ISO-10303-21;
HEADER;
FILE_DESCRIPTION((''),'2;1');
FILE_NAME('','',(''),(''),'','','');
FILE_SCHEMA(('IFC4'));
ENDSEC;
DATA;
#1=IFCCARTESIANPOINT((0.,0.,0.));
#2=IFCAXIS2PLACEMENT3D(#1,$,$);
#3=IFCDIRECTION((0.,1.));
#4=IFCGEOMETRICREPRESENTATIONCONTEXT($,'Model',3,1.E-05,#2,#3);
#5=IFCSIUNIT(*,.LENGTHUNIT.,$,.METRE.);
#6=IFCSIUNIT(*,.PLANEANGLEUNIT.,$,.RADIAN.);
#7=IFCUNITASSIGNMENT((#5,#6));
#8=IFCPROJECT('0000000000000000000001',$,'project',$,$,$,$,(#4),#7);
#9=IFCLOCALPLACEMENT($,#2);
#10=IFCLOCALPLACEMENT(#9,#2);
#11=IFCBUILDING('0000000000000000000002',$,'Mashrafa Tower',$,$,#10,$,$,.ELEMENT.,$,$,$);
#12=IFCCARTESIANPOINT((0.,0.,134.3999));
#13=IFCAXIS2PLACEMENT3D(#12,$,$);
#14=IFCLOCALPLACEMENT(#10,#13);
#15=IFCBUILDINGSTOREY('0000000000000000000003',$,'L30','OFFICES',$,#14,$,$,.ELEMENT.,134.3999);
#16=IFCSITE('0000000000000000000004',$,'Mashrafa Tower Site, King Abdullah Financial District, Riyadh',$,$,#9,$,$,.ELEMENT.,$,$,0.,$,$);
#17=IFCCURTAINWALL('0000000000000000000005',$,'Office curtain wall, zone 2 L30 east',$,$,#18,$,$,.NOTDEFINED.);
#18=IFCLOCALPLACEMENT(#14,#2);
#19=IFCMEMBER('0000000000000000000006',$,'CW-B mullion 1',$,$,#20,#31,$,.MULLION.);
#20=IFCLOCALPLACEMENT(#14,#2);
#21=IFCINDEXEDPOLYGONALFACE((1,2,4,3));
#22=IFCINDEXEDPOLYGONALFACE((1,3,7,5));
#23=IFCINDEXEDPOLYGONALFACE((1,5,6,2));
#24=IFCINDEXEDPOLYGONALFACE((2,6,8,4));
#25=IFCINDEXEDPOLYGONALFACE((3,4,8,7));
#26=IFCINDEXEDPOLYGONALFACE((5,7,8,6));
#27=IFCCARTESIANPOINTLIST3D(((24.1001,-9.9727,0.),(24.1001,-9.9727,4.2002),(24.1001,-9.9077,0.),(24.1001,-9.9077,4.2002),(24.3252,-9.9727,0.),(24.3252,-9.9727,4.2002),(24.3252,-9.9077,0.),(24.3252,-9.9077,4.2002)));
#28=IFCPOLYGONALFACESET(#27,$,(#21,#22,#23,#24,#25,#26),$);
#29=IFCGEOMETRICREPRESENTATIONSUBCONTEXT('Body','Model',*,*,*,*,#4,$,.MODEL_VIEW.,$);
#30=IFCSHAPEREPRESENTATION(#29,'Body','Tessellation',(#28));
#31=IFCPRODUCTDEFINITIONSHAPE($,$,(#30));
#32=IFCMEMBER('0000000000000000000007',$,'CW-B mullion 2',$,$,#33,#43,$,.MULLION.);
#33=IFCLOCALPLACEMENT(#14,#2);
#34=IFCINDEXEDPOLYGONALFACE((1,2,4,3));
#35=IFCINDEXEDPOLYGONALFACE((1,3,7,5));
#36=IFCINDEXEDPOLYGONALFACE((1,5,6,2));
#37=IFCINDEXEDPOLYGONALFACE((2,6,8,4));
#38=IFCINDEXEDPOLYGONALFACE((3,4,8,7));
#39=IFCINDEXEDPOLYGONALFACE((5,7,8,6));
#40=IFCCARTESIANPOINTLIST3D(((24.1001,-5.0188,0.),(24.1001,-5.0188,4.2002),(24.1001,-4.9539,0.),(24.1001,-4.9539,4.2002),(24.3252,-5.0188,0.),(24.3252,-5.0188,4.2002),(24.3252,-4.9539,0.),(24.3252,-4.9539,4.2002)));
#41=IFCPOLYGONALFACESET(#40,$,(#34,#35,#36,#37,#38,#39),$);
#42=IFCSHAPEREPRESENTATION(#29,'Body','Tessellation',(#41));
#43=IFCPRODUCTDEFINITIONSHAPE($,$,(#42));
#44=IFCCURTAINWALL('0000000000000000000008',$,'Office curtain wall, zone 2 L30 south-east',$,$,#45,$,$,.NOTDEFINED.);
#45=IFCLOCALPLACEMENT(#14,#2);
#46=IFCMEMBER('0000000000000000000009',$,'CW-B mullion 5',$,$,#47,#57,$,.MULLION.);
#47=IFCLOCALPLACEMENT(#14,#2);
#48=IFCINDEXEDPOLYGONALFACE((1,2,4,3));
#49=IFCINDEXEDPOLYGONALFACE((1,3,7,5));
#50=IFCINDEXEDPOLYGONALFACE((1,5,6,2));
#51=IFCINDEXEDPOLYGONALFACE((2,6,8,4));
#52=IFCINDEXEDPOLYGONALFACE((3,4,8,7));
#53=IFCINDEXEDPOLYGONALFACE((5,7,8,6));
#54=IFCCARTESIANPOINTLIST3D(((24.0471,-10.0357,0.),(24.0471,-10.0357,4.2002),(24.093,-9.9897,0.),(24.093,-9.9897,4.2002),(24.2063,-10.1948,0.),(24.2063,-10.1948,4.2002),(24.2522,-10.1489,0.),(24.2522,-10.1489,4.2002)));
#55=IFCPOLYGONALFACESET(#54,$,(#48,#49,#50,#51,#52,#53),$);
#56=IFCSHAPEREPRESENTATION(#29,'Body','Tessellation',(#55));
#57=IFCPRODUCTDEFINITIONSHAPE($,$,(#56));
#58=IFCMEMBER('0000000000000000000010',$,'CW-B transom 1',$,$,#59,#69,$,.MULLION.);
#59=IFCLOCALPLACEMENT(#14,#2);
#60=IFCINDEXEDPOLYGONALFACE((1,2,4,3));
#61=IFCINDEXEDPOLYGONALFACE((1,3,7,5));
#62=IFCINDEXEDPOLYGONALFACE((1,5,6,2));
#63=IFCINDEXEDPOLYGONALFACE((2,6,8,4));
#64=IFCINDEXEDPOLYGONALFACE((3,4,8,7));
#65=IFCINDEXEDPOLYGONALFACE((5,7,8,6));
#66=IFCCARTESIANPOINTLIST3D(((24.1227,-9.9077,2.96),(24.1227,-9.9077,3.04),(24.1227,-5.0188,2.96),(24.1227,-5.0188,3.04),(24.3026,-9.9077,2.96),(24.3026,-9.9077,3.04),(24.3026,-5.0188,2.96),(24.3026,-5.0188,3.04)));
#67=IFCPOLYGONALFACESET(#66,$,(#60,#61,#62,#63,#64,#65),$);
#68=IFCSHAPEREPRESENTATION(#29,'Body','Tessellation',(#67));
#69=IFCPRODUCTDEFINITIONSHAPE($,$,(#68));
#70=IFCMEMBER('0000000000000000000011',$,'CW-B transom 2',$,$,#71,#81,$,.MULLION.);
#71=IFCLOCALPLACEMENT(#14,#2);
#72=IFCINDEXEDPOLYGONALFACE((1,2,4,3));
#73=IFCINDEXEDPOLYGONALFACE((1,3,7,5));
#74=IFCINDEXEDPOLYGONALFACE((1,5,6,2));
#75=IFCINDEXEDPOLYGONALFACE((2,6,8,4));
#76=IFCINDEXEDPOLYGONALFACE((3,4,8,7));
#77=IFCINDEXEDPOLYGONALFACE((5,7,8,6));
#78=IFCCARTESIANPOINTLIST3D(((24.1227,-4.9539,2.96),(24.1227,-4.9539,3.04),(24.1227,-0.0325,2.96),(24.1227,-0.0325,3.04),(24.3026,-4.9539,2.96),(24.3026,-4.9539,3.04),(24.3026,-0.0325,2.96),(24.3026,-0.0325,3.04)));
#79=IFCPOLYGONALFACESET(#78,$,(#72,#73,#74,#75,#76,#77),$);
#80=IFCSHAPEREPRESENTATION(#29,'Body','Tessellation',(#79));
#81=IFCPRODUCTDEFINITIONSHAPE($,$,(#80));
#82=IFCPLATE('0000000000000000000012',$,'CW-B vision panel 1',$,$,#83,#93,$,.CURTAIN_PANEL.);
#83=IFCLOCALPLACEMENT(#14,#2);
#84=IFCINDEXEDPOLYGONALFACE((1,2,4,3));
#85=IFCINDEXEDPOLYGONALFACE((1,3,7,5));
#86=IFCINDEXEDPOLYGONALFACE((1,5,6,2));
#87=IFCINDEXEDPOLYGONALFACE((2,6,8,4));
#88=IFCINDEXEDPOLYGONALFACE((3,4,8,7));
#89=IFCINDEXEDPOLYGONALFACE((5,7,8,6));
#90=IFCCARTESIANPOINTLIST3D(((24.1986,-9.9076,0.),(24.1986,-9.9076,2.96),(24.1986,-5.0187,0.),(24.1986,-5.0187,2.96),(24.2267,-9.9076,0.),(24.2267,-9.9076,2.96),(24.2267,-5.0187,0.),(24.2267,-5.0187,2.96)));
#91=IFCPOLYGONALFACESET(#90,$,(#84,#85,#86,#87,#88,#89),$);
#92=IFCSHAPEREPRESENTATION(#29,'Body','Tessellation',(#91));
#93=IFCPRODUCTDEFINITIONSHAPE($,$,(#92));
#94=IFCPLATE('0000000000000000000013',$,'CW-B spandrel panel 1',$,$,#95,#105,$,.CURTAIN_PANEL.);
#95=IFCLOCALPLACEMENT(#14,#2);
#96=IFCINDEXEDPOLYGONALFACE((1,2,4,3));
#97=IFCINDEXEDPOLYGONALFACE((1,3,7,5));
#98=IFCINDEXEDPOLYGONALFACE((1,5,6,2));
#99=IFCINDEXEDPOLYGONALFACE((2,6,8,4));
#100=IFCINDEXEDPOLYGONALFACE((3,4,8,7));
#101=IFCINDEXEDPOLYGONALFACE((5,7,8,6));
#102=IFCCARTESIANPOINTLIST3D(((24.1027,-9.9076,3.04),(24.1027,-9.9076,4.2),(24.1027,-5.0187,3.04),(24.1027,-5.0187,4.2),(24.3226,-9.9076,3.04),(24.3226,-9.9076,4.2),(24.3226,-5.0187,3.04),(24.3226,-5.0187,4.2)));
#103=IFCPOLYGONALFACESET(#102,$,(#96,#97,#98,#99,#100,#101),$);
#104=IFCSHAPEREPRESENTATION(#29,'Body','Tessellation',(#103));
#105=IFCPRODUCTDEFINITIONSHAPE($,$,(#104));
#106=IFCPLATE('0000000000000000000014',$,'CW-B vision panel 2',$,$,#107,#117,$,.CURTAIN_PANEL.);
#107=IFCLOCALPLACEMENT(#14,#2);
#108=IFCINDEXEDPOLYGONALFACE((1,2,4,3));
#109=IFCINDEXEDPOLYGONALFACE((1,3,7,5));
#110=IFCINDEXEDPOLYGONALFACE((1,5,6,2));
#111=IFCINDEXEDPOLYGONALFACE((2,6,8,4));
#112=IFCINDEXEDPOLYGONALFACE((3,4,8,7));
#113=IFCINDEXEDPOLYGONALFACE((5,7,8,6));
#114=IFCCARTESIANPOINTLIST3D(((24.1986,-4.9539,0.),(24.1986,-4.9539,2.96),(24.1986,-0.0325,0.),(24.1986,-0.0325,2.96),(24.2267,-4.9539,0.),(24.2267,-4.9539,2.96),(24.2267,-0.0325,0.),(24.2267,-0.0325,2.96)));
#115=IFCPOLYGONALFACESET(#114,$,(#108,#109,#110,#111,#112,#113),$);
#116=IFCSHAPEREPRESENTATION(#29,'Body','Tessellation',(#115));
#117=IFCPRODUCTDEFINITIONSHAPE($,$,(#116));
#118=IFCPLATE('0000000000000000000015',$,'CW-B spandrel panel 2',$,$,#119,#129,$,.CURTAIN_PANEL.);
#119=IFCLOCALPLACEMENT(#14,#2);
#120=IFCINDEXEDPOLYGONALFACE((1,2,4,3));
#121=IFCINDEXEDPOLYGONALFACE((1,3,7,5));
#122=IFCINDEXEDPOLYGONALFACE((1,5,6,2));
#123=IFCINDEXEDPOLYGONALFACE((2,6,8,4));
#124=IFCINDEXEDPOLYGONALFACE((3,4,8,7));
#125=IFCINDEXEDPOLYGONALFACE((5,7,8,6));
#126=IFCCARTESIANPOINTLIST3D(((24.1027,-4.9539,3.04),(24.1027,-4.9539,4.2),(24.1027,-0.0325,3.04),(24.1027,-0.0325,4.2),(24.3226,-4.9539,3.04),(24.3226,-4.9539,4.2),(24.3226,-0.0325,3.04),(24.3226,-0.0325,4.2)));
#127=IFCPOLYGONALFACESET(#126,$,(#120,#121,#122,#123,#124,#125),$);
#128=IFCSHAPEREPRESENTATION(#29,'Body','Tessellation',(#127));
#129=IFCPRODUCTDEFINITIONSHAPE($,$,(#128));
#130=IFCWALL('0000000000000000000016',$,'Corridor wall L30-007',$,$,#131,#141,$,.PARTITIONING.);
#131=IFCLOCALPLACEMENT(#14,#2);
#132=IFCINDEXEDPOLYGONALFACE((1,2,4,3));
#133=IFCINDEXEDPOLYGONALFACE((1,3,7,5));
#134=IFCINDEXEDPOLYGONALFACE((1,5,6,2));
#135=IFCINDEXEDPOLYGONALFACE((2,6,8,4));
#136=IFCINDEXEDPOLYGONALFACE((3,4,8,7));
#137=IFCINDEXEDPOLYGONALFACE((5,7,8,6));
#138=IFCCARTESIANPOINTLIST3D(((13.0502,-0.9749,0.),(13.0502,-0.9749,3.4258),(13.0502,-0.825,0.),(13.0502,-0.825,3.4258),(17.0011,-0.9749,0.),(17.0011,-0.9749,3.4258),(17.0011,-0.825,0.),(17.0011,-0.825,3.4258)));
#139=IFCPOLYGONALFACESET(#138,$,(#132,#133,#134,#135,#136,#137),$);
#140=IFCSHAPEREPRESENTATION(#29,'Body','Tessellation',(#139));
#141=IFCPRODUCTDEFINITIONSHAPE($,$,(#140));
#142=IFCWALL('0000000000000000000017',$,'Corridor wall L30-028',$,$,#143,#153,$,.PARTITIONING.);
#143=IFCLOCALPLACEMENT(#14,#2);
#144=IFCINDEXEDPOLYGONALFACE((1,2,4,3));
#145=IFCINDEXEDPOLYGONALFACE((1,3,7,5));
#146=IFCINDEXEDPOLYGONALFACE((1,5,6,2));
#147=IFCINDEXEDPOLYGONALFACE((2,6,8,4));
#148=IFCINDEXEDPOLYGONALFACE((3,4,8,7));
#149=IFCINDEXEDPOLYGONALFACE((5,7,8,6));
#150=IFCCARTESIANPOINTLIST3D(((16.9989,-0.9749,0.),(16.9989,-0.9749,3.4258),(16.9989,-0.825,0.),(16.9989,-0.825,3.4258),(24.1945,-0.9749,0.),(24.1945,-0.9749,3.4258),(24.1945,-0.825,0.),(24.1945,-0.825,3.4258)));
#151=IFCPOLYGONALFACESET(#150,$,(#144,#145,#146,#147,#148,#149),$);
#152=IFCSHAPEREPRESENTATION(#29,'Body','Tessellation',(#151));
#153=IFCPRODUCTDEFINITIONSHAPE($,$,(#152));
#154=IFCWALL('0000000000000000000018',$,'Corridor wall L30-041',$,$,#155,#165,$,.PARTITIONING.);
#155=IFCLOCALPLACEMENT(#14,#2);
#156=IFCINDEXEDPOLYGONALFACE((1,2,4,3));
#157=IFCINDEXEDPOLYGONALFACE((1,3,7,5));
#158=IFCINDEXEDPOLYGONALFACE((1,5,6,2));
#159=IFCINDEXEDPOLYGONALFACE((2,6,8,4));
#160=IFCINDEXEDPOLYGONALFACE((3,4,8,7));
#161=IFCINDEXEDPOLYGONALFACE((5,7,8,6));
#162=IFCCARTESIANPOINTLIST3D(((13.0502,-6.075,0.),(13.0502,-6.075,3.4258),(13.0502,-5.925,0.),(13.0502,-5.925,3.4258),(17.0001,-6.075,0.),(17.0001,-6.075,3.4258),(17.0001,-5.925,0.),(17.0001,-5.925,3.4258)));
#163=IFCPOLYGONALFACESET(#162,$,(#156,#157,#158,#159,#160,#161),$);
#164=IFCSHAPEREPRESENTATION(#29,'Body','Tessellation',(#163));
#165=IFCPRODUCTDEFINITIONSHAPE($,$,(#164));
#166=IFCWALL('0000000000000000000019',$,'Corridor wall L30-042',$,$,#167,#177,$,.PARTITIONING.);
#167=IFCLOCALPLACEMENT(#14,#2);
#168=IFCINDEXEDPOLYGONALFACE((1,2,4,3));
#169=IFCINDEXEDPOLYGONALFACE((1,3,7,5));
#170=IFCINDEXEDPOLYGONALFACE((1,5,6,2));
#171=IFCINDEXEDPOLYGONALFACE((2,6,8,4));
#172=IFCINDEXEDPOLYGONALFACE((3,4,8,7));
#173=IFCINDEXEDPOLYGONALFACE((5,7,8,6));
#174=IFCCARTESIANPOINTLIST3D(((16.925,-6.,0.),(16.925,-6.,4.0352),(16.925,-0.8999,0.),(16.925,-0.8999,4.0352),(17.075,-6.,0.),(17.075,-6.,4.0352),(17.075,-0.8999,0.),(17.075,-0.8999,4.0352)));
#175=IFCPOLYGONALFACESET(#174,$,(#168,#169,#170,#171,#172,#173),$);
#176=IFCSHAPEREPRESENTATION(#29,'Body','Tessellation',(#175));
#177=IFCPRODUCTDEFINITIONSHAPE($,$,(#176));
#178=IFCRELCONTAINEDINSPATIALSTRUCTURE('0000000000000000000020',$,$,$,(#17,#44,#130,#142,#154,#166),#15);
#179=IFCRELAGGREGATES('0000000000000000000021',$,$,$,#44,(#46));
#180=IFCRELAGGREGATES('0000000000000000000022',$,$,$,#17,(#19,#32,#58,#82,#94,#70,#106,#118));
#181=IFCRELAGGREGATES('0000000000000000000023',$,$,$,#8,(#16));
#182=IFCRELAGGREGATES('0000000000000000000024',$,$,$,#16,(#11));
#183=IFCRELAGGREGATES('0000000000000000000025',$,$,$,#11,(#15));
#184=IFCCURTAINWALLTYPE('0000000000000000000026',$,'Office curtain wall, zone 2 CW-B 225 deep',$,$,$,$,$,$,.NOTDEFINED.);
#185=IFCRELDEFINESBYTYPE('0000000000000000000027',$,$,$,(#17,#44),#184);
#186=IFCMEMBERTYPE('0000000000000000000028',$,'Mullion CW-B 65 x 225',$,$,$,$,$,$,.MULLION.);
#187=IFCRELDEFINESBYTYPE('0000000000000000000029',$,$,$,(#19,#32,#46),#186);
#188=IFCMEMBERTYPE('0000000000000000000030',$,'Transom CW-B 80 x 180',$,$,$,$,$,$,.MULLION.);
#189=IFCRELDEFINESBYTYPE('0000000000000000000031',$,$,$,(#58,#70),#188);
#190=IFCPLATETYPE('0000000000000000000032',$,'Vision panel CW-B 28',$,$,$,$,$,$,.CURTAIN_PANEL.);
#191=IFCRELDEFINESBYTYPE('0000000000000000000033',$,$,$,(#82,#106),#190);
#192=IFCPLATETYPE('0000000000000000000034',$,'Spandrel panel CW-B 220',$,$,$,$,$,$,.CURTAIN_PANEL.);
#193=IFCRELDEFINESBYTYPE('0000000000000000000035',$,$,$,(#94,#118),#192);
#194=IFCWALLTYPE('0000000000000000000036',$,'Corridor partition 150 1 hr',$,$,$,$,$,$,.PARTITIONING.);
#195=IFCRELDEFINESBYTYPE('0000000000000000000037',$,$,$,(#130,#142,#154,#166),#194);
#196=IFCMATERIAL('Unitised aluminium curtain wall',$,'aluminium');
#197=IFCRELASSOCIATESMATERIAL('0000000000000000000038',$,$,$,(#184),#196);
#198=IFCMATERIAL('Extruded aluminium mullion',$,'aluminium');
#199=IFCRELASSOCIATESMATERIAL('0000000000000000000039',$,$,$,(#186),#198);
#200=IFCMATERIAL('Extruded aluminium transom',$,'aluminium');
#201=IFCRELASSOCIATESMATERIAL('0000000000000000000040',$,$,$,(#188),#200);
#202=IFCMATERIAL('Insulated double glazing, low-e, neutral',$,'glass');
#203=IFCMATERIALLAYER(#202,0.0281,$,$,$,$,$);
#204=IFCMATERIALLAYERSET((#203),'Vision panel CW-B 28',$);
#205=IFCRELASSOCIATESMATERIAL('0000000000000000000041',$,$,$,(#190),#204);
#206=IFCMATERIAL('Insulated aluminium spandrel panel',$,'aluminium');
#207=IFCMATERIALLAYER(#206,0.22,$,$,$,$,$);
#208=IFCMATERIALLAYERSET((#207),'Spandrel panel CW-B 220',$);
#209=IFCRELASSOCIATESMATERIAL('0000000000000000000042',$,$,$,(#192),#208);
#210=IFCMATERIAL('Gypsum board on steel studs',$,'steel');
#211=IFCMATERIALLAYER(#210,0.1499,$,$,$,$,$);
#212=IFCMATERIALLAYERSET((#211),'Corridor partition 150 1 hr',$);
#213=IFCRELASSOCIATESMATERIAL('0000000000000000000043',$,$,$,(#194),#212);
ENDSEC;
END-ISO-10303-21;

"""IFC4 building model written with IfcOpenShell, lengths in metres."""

from ifc_helpers import new_model, si_unit, direction, frame, frame_2d, origin, origin_2d, place, context, subcontext, project, spatial, rectangle, extrude, source, transform, mapped, material, layer, layer_set, material_profile, profile_set, type_object, type_shapes, element, aggregate, save


model = new_model("IFC4")

# Units and contexts
model_context = context("Model", 3, precision=1e-05, world=origin(), true_north=direction((0.0, 1.0)))
body_context = subcontext(model_context, "Body", "Model", "MODEL_VIEW")
ifc_project = project(units=[si_unit("LENGTHUNIT", "METRE"), si_unit("PLANEANGLEUNIT", "RADIAN")], contexts=[model_context])

# Site, building, storey
site_placement = place(None, origin())
site = spatial("IfcSite", under=ifc_project, at=site_placement, Name="Mashrafa Tower Site, King Abdullah Financial District, Riyadh", CompositionType="ELEMENT", RefElevation=0.0)
building_placement = place(site_placement, origin())
building = spatial("IfcBuilding", under=site, at=building_placement, Name="Mashrafa Tower", CompositionType="ELEMENT")
storey_placement = place(building_placement, frame((0.0, 0.0, 134.3999)))
storey = spatial("IfcBuildingStorey", under=building, at=storey_placement, Name="L30", Description="OFFICES", CompositionType="ELEMENT", Elevation=134.3999)

# Curtain wall, members
ifc_material_1 = material(Name="Unitised aluminium curtain wall", Category="aluminium")
curtain_wall_type = type_object("IfcCurtainWallType", Name="Office curtain wall, zone 2 CW-B 225 deep", PredefinedType="NOTDEFINED", material=ifc_material_1)
curtain_wall_1_placement = place(storey_placement, origin())
curtain_wall_1 = element("IfcCurtainWall", 1, at=curtain_wall_1_placement, inside=storey, type_object=curtain_wall_type, Name="Office curtain wall, zone 2 L30 east", PredefinedType="NOTDEFINED")
ifc_material_2 = material(Name="Extruded aluminium mullion", Category="aluminium")
ifc_material_profile_1 = material_profile(ifc_material_2, rectangle(XDim=0.2251, YDim=0.0649, at=origin_2d()), Name="Mullion 65x225")
ifc_profile_set_1 = profile_set([ifc_material_profile_1], Name="Extruded aluminium mullion")
member_type_1 = type_object("IfcMemberType", Name="Mullion CW-B 65 x 225", PredefinedType="MULLION", material=ifc_profile_set_1)
shared_shape_1 = source(origin(), body_context, "Body", "SweptSolid", [
    extrude(rectangle(XDim=0.2251, YDim=0.0649, at=origin_2d()), origin(), (0.0, 0.0, 1.0), 4.2002),
])
type_shapes(member_type_1, [shared_shape_1])
member_1_placement = place(storey_placement, frame((24.2126, -9.9402, 0.0), z_axis=(0.0, 0.0, 1.0), x_axis=(-1.0, 0.0, 0.0)))
member_1 = element("IfcMember", 2, at=member_1_placement, type_object=member_type_1, Name="CW-B mullion 1", PredefinedType="MULLION", context=body_context, shape_type="MappedRepresentation", body=[
    mapped(shared_shape_1, transform((0.0, 0.0, 0.0))),
])
member_2_placement = place(storey_placement, frame((24.2126, -4.9863, 0.0), z_axis=(0.0, 0.0, 1.0), x_axis=(-1.0, 0.0, 0.0)))
member_2 = element("IfcMember", 3, at=member_2_placement, type_object=member_type_1, Name="CW-B mullion 2", PredefinedType="MULLION", context=body_context, shape_type="MappedRepresentation", body=[
    mapped(shared_shape_1, transform((0.0, 0.0, 0.0))),
])

# Curtain wall, member
curtain_wall_2_placement = place(storey_placement, origin())
curtain_wall_2 = element("IfcCurtainWall", 4, at=curtain_wall_2_placement, inside=storey, type_object=curtain_wall_type, Name="Office curtain wall, zone 2 L30 south-east", PredefinedType="NOTDEFINED")
member_3_placement = place(storey_placement, frame((24.1497, -10.0923, 0.0), z_axis=(0.0, 0.0, 1.0), x_axis=(-0.707107, 0.707107, 0.0)))
member_3 = element("IfcMember", 5, at=member_3_placement, type_object=member_type_1, Name="CW-B mullion 5", PredefinedType="MULLION", context=body_context, shape_type="MappedRepresentation", body=[
    mapped(shared_shape_1, transform((0.0, 0.0, 0.0))),
])
aggregate(curtain_wall_2, [member_3])

# Members
ifc_material_3 = material(Name="Extruded aluminium transom", Category="aluminium")
ifc_material_profile_2 = material_profile(ifc_material_3, rectangle(XDim=0.1799, YDim=0.0801, at=origin_2d()), Name="Transom 80x180")
ifc_profile_set_2 = profile_set([ifc_material_profile_2], Name="Extruded aluminium transom")
member_type_2 = type_object("IfcMemberType", Name="Transom CW-B 80 x 180", PredefinedType="MULLION", material=ifc_profile_set_2)
shared_shape_2 = source(origin(), body_context, "Body", "SweptSolid", [
    extrude(rectangle(XDim=0.1799, YDim=0.0801, at=origin_2d()), origin(), (0.0, 0.0, 1.0), 4.8889),
])
member_4_placement = place(storey_placement, frame((24.2126, -9.9077, 3.0), z_axis=(0.0, 1.0, 0.0), x_axis=(-1.0, 0.0, 0.0)))
member_4 = element("IfcMember", 6, at=member_4_placement, type_object=member_type_2, Name="CW-B transom 1", PredefinedType="MULLION", context=body_context, shape_type="MappedRepresentation", body=[
    mapped(shared_shape_2, transform((0.0, 0.0, 0.0))),
])
shared_shape_3 = source(origin(), body_context, "Body", "SweptSolid", [
    extrude(rectangle(XDim=0.1799, YDim=0.0801, at=origin_2d()), origin(), (0.0, 0.0, 1.0), 4.9214),
])
type_shapes(member_type_2, [shared_shape_2, shared_shape_3])
member_5_placement = place(storey_placement, frame((24.2126, -4.9539, 3.0), z_axis=(0.0, 1.0, 0.0), x_axis=(-1.0, 0.0, 0.0)))
member_5 = element("IfcMember", 7, at=member_5_placement, type_object=member_type_2, Name="CW-B transom 2", PredefinedType="MULLION", context=body_context, shape_type="MappedRepresentation", body=[
    mapped(shared_shape_3, transform((0.0, 0.0, 0.0))),
])

# Plates
ifc_material_4 = material(Name="Insulated double glazing, low-e, neutral", Category="glass")
ifc_layer_1 = layer(ifc_material_4, 0.0281)
ifc_layer_set_1 = layer_set([ifc_layer_1], Name="Vision panel CW-B 28")
plate_type_1 = type_object("IfcPlateType", Name="Vision panel CW-B 28", PredefinedType="CURTAIN_PANEL", material=ifc_layer_set_1)
shared_shape_4 = source(origin(), body_context, "Body", "SweptSolid", [
    extrude(rectangle(XDim=4.8889, YDim=0.0281, at=origin_2d()), origin(), (0.0, 0.0, 1.0), 2.96),
])
plate_1_placement = place(storey_placement, frame((24.2126, -7.4631, 0.0), z_axis=(0.0, 0.0, 1.0), x_axis=(0.0, 1.0, 0.0)))
plate_1 = element("IfcPlate", 8, at=plate_1_placement, type_object=plate_type_1, Name="CW-B vision panel 1", PredefinedType="CURTAIN_PANEL", context=body_context, shape_type="MappedRepresentation", body=[
    mapped(shared_shape_4, transform((0.0, 0.0, 0.0))),
])
ifc_material_5 = material(Name="Insulated aluminium spandrel panel", Category="aluminium")
ifc_layer_2 = layer(ifc_material_5, 0.22)
ifc_layer_set_2 = layer_set([ifc_layer_2], Name="Spandrel panel CW-B 220")
plate_type_2 = type_object("IfcPlateType", Name="Spandrel panel CW-B 220", PredefinedType="CURTAIN_PANEL", material=ifc_layer_set_2)
shared_shape_5 = source(origin(), body_context, "Body", "SweptSolid", [
    extrude(rectangle(XDim=4.8889, YDim=0.22, at=origin_2d()), origin(), (0.0, 0.0, 1.0), 1.1599),
])
plate_2_placement = place(storey_placement, frame((24.2126, -7.4631, 3.04), z_axis=(0.0, 0.0, 1.0), x_axis=(0.0, 1.0, 0.0)))
plate_2 = element("IfcPlate", 9, at=plate_2_placement, type_object=plate_type_2, Name="CW-B spandrel panel 1", PredefinedType="CURTAIN_PANEL", context=body_context, shape_type="MappedRepresentation", body=[
    mapped(shared_shape_5, transform((0.0, 0.0, 0.0))),
])
shared_shape_6 = source(origin(), body_context, "Body", "SweptSolid", [
    extrude(rectangle(XDim=4.9214, YDim=0.0281, at=origin_2d()), origin(), (0.0, 0.0, 1.0), 2.96),
])
type_shapes(plate_type_1, [shared_shape_4, shared_shape_6])
plate_3_placement = place(storey_placement, frame((24.2126, -2.4932, 0.0), z_axis=(0.0, 0.0, 1.0), x_axis=(0.0, 1.0, 0.0)))
plate_3 = element("IfcPlate", 10, at=plate_3_placement, type_object=plate_type_1, Name="CW-B vision panel 2", PredefinedType="CURTAIN_PANEL", context=body_context, shape_type="MappedRepresentation", body=[
    mapped(shared_shape_6, transform((0.0, 0.0, 0.0))),
])
shared_shape_7 = source(origin(), body_context, "Body", "SweptSolid", [
    extrude(rectangle(XDim=4.9214, YDim=0.22, at=origin_2d()), origin(), (0.0, 0.0, 1.0), 1.1599),
])
type_shapes(plate_type_2, [shared_shape_5, shared_shape_7])
plate_4_placement = place(storey_placement, frame((24.2126, -2.4932, 3.04), z_axis=(0.0, 0.0, 1.0), x_axis=(0.0, 1.0, 0.0)))
plate_4 = element("IfcPlate", 11, at=plate_4_placement, type_object=plate_type_2, Name="CW-B spandrel panel 2", PredefinedType="CURTAIN_PANEL", context=body_context, shape_type="MappedRepresentation", body=[
    mapped(shared_shape_7, transform((0.0, 0.0, 0.0))),
])
aggregate(curtain_wall_1, [member_1, member_2, member_4, plate_1, plate_2, member_5, plate_3, plate_4])

# Shared definitions
ifc_material_6 = material(Name="Gypsum board on steel studs", Category="steel")
ifc_layer_3 = layer(ifc_material_6, 0.1499)
ifc_layer_set_3 = layer_set([ifc_layer_3], Name="Corridor partition 150 1 hr")
wall_type_1 = type_object("IfcWallType", Name="Corridor partition 150 1 hr", PredefinedType="PARTITIONING", material=ifc_layer_set_3)

# Walls
wall_1_placement = place(storey_placement, frame((13.05, -0.8999, 0.0), z_axis=(0.0, 0.0, 1.0), x_axis=(1.0, 0.0, 0.0)))
element("IfcWall", 12, at=wall_1_placement, inside=storey, type_object=wall_type_1, Name="Corridor wall L30-007", PredefinedType="PARTITIONING", context=body_context, shape_type="SweptSolid", body=[
    extrude(rectangle(XDim=3.9509, YDim=0.1499, at=frame_2d((1.9756, 0.0))), origin(), (0.0, 0.0, 1.0), 3.4258),
])
wall_2_placement = place(storey_placement, frame((16.999, -0.8999, 0.0), z_axis=(0.0, 0.0, 1.0), x_axis=(1.0, 0.0, 0.0)))
element("IfcWall", 13, at=wall_2_placement, inside=storey, type_object=wall_type_1, Name="Corridor wall L30-028", PredefinedType="PARTITIONING", context=body_context, shape_type="SweptSolid", body=[
    extrude(rectangle(XDim=7.1956, YDim=0.1499, at=frame_2d((3.5977, 0.0))), origin(), (0.0, 0.0, 1.0), 3.4258),
])
wall_3_placement = place(storey_placement, frame((13.05, -6.0, 0.0), z_axis=(0.0, 0.0, 1.0), x_axis=(1.0, 0.0, 0.0)))
element("IfcWall", 14, at=wall_3_placement, inside=storey, type_object=wall_type_1, Name="Corridor wall L30-041", PredefinedType="PARTITIONING", context=body_context, shape_type="SweptSolid", body=[
    extrude(rectangle(XDim=3.95, YDim=0.1499, at=frame_2d((1.9751, 0.0))), origin(), (0.0, 0.0, 1.0), 3.4258),
])
wall_4_placement = place(storey_placement, frame((17.0, -6.0, 0.0), z_axis=(0.0, 0.0, 1.0), x_axis=(0.0, 1.0, 0.0)))
element("IfcWall", 15, at=wall_4_placement, inside=storey, type_object=wall_type_1, Name="Corridor wall L30-042", PredefinedType="PARTITIONING", context=body_context, shape_type="SweptSolid", body=[
    extrude(rectangle(XDim=5.1001, YDim=0.1499, at=frame_2d((2.55, 0.0))), origin(), (0.0, 0.0, 1.0), 4.0352),
])

save(model, "model.ifc")
